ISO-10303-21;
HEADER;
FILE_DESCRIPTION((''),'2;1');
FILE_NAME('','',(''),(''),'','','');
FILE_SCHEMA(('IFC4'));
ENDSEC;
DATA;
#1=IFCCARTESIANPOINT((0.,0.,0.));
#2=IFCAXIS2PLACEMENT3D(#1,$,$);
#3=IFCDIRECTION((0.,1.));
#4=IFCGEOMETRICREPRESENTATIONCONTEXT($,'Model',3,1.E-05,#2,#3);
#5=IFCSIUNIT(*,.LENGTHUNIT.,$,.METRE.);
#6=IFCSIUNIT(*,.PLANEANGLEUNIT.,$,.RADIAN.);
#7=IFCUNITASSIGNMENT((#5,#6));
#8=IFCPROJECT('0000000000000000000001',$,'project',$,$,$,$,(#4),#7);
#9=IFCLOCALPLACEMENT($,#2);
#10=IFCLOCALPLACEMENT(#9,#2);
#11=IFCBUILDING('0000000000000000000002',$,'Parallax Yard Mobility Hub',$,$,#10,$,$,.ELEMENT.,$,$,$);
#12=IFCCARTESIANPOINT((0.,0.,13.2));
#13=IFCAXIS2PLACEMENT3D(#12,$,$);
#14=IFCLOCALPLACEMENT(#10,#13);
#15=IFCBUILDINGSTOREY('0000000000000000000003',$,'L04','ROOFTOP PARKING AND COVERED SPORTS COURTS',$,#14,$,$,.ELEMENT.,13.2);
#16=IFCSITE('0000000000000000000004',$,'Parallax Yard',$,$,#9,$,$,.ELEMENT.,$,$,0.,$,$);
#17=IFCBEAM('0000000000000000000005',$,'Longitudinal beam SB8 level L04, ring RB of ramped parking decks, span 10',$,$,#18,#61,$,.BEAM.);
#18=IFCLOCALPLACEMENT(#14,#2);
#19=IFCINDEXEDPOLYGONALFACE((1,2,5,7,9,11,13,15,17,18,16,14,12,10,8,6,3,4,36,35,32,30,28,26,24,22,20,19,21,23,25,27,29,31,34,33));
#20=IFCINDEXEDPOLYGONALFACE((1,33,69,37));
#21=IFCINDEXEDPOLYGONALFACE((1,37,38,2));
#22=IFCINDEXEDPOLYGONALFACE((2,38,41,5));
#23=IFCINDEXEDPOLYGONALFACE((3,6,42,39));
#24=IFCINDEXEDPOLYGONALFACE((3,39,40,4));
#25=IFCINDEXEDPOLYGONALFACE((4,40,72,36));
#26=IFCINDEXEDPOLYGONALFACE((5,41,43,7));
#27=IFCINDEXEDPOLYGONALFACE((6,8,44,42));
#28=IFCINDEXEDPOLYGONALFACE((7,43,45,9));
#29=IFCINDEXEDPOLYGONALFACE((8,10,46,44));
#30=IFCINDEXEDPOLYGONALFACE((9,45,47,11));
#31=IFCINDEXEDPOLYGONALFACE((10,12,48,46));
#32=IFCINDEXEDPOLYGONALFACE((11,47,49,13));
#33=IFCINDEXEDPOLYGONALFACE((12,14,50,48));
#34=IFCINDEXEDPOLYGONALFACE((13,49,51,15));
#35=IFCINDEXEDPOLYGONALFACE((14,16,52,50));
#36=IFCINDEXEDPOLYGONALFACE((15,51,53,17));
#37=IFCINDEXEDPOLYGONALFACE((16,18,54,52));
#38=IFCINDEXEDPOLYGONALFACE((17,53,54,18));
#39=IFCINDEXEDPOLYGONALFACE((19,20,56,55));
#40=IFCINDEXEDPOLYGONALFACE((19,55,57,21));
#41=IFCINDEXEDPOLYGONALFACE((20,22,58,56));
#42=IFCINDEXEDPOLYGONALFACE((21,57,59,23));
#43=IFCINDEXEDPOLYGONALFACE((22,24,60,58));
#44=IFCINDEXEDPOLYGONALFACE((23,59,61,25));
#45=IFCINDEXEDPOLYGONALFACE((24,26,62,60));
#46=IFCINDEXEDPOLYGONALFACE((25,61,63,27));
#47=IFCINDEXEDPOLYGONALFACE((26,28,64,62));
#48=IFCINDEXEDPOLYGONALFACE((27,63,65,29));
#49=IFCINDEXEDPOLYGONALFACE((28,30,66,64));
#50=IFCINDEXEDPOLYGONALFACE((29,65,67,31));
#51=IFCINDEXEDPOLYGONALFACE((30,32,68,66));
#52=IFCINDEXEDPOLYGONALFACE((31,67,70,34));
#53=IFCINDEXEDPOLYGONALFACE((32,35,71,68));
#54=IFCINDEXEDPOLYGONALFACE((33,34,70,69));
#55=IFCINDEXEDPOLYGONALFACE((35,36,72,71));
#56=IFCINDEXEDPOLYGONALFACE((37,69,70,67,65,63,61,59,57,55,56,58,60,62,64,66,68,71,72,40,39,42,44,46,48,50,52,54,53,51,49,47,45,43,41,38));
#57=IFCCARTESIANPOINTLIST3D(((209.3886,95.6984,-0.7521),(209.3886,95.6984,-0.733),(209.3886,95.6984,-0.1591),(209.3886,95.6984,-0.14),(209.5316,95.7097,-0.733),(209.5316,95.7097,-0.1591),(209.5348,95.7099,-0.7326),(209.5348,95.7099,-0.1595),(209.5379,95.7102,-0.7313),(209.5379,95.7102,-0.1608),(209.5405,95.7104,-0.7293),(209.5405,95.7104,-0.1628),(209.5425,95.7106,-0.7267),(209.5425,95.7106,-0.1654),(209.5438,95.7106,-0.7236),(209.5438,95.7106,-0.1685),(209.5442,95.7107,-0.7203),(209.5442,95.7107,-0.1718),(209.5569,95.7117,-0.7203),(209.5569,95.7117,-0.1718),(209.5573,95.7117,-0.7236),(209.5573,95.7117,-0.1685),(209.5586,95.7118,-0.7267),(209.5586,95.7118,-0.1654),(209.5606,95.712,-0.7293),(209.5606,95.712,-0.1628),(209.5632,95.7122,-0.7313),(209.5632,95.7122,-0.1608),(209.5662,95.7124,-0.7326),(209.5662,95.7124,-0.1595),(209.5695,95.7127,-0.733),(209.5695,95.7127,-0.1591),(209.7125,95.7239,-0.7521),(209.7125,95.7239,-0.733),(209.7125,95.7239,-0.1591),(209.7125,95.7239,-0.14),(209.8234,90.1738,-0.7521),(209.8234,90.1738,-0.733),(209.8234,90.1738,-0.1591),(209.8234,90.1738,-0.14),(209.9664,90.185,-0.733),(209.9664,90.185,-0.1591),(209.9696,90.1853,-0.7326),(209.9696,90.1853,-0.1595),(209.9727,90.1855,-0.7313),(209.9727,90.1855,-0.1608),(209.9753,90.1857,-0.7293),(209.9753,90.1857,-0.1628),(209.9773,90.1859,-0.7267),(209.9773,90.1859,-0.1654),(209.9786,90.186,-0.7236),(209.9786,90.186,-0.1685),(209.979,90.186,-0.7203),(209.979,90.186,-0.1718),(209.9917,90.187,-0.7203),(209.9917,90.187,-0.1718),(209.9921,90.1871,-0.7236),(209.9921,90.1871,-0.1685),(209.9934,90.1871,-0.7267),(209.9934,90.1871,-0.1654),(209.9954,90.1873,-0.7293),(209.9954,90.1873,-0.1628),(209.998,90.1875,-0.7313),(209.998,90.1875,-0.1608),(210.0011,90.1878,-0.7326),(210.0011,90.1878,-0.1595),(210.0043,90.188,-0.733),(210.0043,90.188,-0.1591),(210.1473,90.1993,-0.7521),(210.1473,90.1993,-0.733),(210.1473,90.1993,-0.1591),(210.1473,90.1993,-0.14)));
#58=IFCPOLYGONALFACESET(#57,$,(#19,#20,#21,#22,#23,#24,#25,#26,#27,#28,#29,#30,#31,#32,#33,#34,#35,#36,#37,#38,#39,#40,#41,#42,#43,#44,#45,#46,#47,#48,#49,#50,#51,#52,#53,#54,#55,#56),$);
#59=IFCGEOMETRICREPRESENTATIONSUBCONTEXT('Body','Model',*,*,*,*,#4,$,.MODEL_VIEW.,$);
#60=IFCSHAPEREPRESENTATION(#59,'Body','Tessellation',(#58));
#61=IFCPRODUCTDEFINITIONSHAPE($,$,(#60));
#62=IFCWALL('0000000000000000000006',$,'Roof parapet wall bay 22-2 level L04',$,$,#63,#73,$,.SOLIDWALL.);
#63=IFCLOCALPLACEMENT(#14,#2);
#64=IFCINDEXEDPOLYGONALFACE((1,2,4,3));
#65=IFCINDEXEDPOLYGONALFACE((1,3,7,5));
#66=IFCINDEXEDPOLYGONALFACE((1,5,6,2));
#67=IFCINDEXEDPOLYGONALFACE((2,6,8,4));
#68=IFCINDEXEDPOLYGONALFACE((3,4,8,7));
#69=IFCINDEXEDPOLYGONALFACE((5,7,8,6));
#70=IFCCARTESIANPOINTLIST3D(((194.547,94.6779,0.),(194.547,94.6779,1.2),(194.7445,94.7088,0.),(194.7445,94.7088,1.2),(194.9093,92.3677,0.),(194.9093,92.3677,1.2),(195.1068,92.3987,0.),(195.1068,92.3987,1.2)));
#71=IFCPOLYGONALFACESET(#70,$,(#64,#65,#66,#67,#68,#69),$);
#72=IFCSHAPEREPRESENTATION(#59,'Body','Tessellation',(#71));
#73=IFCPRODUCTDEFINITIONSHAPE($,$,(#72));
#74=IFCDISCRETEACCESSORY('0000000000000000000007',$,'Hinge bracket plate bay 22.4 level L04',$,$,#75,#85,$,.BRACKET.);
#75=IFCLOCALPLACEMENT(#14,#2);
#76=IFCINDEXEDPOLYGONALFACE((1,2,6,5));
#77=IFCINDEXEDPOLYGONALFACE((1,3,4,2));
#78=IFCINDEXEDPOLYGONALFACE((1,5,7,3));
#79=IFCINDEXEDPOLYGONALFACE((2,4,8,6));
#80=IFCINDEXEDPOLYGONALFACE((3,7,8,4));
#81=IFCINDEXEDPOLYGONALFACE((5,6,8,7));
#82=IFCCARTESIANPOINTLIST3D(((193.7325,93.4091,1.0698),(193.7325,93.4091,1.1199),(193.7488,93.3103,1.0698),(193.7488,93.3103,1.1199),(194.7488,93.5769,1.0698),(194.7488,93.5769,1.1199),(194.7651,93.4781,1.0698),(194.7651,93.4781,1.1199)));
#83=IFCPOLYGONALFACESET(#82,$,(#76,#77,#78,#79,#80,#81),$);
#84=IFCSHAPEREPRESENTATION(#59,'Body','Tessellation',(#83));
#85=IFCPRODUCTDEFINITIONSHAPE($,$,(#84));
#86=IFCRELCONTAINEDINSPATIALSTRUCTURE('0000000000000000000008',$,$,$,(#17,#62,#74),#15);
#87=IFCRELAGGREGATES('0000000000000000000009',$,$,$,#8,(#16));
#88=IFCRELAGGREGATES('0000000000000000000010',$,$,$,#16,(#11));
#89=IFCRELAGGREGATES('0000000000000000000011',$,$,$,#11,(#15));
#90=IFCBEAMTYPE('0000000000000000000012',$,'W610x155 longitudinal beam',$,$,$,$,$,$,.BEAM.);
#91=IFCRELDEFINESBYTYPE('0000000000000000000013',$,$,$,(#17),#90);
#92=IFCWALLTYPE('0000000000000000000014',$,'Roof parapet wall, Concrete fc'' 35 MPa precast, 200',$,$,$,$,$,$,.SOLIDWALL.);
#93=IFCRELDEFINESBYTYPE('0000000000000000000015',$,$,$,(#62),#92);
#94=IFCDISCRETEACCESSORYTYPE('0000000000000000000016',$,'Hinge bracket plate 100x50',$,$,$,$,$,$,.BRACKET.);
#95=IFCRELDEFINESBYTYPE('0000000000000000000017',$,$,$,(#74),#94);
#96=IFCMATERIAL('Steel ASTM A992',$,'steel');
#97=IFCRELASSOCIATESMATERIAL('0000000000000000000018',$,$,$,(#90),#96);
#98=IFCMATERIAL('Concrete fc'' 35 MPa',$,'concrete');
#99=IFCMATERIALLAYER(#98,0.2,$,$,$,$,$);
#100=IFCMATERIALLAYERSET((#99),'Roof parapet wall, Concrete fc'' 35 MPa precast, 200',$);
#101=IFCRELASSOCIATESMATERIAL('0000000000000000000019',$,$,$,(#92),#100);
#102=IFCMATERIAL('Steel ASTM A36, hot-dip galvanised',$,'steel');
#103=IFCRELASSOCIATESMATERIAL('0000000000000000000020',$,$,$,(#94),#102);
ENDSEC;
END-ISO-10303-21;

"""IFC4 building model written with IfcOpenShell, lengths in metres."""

from ifc_helpers import new_model, si_unit, direction, frame, frame_2d, origin, origin_2d, place, context, subcontext, project, spatial, rectangle, i_section, extrude, material, layer, layer_set, material_profile, profile_set, type_object, element, save


model = new_model("IFC4")

# Units and contexts
model_context = context("Model", 3, precision=1e-05, world=origin(), true_north=direction((0.0, 1.0)))
body_context = subcontext(model_context, "Body", "Model", "MODEL_VIEW")
ifc_project = project(units=[si_unit("LENGTHUNIT", "METRE"), si_unit("PLANEANGLEUNIT", "RADIAN")], contexts=[model_context])

# Site, building, storey
site_placement = place(None, origin())
site = spatial("IfcSite", under=ifc_project, at=site_placement, Name="Parallax Yard", CompositionType="ELEMENT", RefElevation=0.0)
building_placement = place(site_placement, origin())
building = spatial("IfcBuilding", under=site, at=building_placement, Name="Parallax Yard Mobility Hub", CompositionType="ELEMENT")
storey_placement = place(building_placement, frame((0.0, 0.0, 13.2)))
storey = spatial("IfcBuildingStorey", under=building, at=storey_placement, Name="L04", Description="ROOFTOP PARKING AND COVERED SPORTS COURTS", CompositionType="ELEMENT", Elevation=13.2)

# Shared definitions
ifc_material_1 = material(Name="Steel ASTM A992", Category="steel")

# Beam
ifc_material_profile_1 = material_profile(ifc_material_1, i_section(OverallWidth=0.325, OverallDepth=0.6121, WebThickness=0.0127, FlangeThickness=0.019, FilletRadius=0.0127, at=origin_2d()), Name="W610x155")
ifc_profile_set_1 = profile_set([ifc_material_profile_1], Name="Steel ASTM A992")
beam_type_1 = type_object("IfcBeamType", Name="W610x155 longitudinal beam", PredefinedType="BEAM", material=ifc_profile_set_1)
beam_1_placement = place(storey_placement, frame((209.5505, 95.7112, -0.446), z_axis=(0.078462, -0.996917, 0.0), x_axis=(0.996917, 0.078462, 0.0)))
element("IfcBeam", 1, at=beam_1_placement, inside=storey, type_object=beam_type_1, Name="Longitudinal beam SB8 level L04, ring RB of ramped parking decks, span 10", PredefinedType="BEAM", context=body_context, shape_type="SweptSolid", body=[
    extrude(i_section(OverallWidth=0.325, OverallDepth=0.6121, WebThickness=0.0127, FlangeThickness=0.019, FilletRadius=0.0127, at=origin_2d()), origin(), (0.0, 0.0, 1.0), 5.5417),
])

# Wall
ifc_material_2 = material(Name="Concrete fc' 35 MPa", Category="concrete")
ifc_layer = layer(ifc_material_2, 0.2)
ifc_layer_set = layer_set([ifc_layer], Name="Roof parapet wall, Concrete fc' 35 MPa precast, 200")
wall_type = type_object("IfcWallType", Name="Roof parapet wall, Concrete fc' 35 MPa precast, 200", PredefinedType="SOLIDWALL", material=ifc_layer_set)
wall_placement = place(storey_placement, frame((194.6458, 94.6934, 0.0), z_axis=(0.0, 0.0, 1.0), x_axis=(0.154944, -0.987923, 0.0)))
element("IfcWall", 2, at=wall_placement, inside=storey, type_object=wall_type, Name="Roof parapet wall bay 22-2 level L04", PredefinedType="SOLIDWALL", context=body_context, shape_type="SweptSolid", body=[
    extrude(rectangle(XDim=2.3384, YDim=0.2, at=frame_2d((1.1692, 0.0))), origin(), (0.0, 0.0, 1.0), 1.2),
])

# Discrete accessory
ifc_material_3 = material(Name="Steel ASTM A36, hot-dip galvanised", Category="steel")
discrete_accessory_type = type_object("IfcDiscreteAccessoryType", Name="Hinge bracket plate 100x50", PredefinedType="BRACKET", material=ifc_material_3)
discrete_accessory_placement = place(storey_placement, frame((194.2488, 93.4436, 1.0698), z_axis=(0.0, 0.0, 1.0), x_axis=(-0.986643, -0.162895, 0.0)))
element("IfcDiscreteAccessory", 3, at=discrete_accessory_placement, inside=storey, type_object=discrete_accessory_type, Name="Hinge bracket plate bay 22.4 level L04", PredefinedType="BRACKET", context=body_context, shape_type="SweptSolid", body=[
    extrude(rectangle(XDim=1.03, YDim=0.1001, at=origin_2d()), origin(), (0.0, 0.0, 1.0), 0.05),
])

save(model, "model.ifc")
